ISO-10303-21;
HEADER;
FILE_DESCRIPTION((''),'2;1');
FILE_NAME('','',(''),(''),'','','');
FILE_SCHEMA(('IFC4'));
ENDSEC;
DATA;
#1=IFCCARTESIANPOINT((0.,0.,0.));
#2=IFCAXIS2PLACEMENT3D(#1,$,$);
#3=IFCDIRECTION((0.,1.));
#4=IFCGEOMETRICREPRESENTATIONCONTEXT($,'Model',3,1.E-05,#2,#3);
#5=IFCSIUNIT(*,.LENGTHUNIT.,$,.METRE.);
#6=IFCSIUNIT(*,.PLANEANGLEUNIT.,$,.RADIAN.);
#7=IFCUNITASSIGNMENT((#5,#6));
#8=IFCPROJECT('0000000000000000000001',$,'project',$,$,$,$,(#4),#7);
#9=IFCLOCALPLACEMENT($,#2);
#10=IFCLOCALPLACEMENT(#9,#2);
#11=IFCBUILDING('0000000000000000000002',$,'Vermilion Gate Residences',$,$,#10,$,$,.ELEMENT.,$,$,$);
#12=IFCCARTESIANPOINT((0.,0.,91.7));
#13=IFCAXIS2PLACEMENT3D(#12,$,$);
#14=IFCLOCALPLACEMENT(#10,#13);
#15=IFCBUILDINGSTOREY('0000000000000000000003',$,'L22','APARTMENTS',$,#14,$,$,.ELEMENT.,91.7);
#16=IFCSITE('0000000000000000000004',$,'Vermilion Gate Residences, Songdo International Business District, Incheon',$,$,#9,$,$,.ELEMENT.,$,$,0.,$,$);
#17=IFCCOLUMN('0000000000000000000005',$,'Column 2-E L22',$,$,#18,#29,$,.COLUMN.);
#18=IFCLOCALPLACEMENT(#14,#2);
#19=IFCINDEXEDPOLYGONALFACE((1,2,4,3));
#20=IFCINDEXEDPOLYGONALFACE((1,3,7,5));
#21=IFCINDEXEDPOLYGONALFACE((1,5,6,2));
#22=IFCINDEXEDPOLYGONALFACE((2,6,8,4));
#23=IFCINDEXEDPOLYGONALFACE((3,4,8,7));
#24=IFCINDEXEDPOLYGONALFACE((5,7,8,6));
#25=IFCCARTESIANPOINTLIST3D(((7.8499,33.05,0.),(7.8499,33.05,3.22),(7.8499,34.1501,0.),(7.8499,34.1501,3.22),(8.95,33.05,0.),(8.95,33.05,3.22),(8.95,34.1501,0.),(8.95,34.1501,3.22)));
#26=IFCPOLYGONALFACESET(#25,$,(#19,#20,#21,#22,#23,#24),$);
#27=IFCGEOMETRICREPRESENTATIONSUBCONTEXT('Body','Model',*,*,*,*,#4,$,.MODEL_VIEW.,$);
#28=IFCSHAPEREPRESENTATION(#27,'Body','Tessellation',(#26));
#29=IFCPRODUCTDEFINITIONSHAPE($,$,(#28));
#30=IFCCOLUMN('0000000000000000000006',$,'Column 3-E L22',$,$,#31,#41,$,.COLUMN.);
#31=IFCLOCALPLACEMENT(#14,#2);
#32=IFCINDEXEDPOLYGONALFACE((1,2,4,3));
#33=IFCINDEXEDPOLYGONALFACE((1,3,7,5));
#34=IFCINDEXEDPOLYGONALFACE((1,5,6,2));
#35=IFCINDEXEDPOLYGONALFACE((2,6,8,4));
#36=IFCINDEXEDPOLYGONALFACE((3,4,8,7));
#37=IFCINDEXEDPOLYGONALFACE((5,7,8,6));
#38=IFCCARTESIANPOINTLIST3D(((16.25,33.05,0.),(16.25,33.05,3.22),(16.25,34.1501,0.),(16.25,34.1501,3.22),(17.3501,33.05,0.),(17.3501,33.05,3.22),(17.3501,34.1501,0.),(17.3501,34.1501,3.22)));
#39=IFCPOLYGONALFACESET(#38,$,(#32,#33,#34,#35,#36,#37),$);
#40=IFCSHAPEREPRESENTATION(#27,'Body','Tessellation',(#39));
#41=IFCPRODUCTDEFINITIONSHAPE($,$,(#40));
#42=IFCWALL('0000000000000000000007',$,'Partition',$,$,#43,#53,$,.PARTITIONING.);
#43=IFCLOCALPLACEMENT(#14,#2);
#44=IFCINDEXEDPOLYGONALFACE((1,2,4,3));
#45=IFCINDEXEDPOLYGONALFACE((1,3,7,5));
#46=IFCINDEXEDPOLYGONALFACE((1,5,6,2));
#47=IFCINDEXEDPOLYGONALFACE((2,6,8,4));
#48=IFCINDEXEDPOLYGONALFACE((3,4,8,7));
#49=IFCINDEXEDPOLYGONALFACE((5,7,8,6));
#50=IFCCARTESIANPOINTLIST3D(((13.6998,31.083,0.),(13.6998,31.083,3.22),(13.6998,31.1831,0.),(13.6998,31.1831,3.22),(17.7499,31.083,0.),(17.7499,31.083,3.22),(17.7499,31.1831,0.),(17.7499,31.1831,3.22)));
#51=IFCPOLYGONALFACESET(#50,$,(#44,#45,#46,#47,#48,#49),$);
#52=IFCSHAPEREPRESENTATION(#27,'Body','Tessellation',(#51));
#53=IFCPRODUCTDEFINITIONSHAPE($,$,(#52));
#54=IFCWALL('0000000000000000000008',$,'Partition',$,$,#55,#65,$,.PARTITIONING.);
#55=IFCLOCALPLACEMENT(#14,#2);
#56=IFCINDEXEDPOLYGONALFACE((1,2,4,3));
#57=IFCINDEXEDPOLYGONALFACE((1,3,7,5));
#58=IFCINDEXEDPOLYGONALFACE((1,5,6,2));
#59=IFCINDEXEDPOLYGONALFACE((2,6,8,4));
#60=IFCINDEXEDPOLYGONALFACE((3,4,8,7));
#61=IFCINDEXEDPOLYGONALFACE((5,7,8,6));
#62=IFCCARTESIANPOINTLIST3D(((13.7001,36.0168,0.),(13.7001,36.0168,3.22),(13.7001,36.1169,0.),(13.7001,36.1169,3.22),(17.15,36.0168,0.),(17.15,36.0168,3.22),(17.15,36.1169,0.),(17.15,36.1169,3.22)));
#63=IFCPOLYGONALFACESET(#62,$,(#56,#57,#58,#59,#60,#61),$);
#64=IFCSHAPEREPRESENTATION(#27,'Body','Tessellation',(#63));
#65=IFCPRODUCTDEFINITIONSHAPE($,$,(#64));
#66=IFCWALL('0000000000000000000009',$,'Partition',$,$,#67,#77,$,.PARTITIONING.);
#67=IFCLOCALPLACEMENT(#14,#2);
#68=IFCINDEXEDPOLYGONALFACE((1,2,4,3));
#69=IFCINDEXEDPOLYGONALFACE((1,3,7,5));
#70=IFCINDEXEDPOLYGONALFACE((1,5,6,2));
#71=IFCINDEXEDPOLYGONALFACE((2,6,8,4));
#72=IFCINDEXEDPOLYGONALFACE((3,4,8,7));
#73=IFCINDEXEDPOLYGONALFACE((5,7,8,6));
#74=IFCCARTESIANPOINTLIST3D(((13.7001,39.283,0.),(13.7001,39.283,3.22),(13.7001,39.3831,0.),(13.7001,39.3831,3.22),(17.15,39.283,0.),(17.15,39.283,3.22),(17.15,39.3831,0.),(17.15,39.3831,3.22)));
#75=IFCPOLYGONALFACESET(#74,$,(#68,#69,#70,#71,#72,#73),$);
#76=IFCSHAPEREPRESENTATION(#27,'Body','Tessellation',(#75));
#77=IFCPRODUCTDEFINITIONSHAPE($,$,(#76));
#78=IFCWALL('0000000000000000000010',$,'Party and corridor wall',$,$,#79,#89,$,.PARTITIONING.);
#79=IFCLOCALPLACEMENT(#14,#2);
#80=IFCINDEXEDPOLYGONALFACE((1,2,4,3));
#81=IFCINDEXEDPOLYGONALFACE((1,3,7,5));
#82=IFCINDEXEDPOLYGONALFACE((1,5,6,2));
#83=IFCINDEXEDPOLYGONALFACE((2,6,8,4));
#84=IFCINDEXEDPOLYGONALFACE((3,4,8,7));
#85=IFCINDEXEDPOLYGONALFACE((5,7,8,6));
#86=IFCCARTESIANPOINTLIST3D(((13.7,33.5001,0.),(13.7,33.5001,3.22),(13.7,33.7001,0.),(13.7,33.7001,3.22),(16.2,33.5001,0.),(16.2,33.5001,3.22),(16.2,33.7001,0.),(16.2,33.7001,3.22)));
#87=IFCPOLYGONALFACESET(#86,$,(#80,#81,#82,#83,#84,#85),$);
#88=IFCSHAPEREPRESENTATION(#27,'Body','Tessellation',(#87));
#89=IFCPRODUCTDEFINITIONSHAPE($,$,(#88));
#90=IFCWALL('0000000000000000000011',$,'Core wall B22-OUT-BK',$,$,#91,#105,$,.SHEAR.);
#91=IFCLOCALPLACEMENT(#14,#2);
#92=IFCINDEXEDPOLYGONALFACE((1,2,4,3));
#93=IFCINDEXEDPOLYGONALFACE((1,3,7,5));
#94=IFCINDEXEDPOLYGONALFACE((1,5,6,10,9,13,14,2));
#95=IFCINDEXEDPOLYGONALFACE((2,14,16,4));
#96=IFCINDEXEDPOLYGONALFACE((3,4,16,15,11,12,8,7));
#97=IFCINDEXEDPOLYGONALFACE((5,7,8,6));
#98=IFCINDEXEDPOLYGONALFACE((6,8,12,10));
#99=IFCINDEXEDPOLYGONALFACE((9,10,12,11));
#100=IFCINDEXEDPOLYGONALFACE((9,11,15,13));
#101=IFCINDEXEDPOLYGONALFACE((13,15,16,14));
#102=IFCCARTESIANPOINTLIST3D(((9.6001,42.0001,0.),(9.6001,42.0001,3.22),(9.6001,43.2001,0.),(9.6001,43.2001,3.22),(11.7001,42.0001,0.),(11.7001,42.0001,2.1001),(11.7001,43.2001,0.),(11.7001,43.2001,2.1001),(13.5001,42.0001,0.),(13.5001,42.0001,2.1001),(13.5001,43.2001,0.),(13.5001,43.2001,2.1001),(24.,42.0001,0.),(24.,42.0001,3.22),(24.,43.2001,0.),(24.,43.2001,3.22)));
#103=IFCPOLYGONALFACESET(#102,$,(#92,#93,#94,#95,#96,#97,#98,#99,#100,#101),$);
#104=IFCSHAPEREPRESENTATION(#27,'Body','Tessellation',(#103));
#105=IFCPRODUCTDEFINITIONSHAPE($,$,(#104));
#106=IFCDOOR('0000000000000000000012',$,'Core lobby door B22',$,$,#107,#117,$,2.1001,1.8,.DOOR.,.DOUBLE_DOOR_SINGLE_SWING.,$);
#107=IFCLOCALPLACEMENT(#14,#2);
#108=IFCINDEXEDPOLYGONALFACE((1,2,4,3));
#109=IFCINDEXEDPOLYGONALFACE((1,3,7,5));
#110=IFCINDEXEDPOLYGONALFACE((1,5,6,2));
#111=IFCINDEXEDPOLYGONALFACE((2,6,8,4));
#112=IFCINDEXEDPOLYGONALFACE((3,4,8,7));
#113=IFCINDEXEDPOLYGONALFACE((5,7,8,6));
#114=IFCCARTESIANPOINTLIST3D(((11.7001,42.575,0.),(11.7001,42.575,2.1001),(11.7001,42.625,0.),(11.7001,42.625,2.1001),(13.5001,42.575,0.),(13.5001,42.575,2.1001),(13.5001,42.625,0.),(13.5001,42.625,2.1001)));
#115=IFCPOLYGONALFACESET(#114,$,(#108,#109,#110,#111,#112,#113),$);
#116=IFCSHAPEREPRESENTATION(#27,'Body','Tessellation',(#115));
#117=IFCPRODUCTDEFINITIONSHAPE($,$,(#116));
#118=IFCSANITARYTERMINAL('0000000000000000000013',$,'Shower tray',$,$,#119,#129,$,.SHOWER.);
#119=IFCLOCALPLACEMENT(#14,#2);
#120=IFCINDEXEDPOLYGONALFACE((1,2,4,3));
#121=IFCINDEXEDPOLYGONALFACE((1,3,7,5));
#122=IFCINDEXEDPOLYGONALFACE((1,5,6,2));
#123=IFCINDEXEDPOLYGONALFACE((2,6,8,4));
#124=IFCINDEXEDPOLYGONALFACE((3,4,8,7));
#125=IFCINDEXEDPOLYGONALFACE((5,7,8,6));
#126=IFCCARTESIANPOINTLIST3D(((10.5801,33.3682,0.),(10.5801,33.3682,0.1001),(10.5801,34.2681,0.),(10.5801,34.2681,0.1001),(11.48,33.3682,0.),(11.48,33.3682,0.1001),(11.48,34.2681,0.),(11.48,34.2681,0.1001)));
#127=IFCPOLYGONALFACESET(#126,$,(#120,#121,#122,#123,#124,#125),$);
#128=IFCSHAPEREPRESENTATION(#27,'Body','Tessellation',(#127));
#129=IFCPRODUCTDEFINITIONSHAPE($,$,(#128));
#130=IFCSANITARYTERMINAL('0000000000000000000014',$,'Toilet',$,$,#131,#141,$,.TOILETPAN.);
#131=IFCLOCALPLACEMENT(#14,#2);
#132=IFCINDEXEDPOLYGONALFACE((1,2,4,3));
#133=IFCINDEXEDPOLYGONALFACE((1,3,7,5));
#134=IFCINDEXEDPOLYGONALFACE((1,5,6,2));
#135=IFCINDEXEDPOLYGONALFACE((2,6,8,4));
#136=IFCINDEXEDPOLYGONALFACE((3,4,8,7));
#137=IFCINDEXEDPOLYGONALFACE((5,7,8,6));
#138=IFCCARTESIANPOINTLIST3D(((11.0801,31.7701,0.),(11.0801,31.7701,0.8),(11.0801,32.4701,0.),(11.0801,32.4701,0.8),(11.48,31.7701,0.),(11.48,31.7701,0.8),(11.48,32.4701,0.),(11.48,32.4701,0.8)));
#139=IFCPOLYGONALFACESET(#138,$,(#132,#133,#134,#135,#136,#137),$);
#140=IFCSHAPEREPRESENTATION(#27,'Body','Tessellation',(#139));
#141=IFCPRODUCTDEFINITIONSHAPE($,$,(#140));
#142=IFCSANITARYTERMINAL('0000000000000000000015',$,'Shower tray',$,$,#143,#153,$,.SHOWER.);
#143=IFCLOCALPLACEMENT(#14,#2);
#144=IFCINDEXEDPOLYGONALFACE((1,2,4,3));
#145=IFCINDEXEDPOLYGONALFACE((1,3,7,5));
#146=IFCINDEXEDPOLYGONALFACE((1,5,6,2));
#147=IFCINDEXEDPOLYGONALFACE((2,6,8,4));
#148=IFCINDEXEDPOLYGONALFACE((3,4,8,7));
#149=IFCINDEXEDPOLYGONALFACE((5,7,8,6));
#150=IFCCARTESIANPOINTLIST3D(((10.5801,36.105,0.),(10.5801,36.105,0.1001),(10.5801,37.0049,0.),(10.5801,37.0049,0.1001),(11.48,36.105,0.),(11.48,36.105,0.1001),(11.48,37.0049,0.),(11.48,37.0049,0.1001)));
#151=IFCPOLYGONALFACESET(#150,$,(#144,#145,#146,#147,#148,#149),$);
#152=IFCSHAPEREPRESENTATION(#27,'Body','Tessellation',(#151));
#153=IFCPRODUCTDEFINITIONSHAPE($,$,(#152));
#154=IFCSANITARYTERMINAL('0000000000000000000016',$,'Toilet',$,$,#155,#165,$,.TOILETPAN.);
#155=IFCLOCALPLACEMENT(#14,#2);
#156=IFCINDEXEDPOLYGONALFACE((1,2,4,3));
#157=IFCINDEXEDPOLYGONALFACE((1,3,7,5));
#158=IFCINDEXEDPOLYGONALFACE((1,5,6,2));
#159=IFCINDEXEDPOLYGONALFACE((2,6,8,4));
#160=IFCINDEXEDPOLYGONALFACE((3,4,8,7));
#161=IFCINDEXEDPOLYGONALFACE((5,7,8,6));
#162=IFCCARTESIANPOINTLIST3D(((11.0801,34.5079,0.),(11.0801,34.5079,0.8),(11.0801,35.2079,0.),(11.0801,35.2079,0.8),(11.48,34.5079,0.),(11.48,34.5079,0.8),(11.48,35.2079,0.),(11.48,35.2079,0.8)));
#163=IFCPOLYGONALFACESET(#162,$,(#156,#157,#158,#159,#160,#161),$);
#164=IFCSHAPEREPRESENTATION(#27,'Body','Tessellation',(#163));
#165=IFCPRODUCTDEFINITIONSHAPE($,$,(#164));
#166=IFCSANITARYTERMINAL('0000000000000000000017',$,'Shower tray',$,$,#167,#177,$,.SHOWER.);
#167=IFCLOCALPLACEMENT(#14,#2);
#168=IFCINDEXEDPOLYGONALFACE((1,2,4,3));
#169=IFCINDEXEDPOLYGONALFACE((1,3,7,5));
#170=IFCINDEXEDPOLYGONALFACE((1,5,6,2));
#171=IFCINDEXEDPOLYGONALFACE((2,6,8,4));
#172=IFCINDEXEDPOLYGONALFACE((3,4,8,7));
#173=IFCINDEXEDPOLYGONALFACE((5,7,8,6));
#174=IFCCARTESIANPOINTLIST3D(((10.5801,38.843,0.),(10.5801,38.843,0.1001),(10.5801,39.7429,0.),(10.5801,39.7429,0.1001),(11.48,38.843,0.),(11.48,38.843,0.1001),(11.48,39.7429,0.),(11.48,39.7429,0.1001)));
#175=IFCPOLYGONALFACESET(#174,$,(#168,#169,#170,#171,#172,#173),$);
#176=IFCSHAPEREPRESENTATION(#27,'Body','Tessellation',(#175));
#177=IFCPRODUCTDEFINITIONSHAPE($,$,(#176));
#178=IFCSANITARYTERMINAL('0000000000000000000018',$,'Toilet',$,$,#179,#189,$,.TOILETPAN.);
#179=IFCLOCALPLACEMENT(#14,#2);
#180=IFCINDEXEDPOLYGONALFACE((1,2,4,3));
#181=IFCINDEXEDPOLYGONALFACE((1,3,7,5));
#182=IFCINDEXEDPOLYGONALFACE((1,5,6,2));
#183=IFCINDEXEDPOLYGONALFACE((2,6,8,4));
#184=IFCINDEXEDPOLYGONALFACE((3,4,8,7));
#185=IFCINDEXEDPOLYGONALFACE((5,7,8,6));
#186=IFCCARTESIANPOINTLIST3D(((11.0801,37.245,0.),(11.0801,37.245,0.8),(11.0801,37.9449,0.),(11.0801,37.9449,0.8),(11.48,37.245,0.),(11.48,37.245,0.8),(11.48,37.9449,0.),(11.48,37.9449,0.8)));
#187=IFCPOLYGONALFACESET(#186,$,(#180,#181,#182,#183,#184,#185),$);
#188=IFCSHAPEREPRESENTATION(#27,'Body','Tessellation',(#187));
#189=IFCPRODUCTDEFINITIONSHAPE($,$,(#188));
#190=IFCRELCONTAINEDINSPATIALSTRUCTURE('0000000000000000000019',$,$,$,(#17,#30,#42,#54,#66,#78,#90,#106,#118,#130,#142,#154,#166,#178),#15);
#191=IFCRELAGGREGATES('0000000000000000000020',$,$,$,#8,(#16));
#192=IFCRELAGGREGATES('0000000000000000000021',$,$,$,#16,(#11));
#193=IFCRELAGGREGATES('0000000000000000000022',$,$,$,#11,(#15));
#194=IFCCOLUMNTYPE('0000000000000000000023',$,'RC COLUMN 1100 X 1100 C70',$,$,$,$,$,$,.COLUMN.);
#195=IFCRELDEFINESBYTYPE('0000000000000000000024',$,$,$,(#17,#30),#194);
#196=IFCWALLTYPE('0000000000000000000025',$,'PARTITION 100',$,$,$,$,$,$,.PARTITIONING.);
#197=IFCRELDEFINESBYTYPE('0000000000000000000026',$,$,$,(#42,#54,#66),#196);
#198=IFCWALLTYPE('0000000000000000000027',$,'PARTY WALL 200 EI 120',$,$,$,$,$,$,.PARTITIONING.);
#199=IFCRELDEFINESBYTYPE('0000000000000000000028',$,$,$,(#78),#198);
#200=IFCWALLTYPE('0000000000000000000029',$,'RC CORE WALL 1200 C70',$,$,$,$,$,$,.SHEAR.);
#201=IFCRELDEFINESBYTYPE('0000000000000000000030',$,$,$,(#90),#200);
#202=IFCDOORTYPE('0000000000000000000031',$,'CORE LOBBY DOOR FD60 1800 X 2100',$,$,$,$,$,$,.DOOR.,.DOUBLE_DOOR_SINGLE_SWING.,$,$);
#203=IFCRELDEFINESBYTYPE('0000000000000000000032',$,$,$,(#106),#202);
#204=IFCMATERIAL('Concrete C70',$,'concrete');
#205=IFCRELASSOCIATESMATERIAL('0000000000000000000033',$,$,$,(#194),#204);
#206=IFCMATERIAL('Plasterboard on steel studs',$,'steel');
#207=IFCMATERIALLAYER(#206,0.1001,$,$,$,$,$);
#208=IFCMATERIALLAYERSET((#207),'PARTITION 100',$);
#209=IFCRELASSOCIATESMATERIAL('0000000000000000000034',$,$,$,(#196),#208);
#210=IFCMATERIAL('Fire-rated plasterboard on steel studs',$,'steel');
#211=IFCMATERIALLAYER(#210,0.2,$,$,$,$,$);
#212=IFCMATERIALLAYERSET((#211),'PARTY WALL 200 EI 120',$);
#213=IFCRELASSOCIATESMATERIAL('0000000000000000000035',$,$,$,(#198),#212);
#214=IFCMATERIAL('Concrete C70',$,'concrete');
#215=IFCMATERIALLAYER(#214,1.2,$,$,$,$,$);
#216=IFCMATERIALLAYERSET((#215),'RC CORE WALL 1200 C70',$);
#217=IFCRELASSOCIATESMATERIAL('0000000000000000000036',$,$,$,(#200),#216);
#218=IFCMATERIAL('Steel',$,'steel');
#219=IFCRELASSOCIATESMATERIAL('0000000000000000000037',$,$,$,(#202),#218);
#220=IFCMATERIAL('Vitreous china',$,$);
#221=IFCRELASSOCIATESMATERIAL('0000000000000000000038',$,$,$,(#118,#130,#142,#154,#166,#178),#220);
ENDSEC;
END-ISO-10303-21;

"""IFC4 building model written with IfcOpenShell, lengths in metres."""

from ifc_helpers import new_model, si_unit, direction, frame, frame_2d, origin, origin_2d, place, context, subcontext, project, spatial, rectangle, extrude, material, layer, layer_set, material_profile, profile_set, type_object, element, fill, save


model = new_model("IFC4")

# Units and contexts
model_context = context("Model", 3, precision=1e-05, world=origin(), true_north=direction((0.0, 1.0)))
body_context = subcontext(model_context, "Body", "Model", "MODEL_VIEW")
ifc_project = project(units=[si_unit("LENGTHUNIT", "METRE"), si_unit("PLANEANGLEUNIT", "RADIAN")], contexts=[model_context])

# Site, building, storey
site_placement = place(None, origin())
site = spatial("IfcSite", under=ifc_project, at=site_placement, Name="Vermilion Gate Residences, Songdo International Business District, Incheon", CompositionType="ELEMENT", RefElevation=0.0)
building_placement = place(site_placement, origin())
building = spatial("IfcBuilding", under=site, at=building_placement, Name="Vermilion Gate Residences", CompositionType="ELEMENT")
storey_placement = place(building_placement, frame((0.0, 0.0, 91.7)))
storey = spatial("IfcBuildingStorey", under=building, at=storey_placement, Name="L22", Description="APARTMENTS", CompositionType="ELEMENT", Elevation=91.7)

# Columns
ifc_material_1 = material(Name="Concrete C70", Category="concrete")
ifc_material_profile = material_profile(ifc_material_1, rectangle(XDim=1.1001, YDim=1.1001, at=origin_2d()), Name="RC-1100x1100")
ifc_profile_set = profile_set([ifc_material_profile], Name="Concrete C70")
column_type = type_object("IfcColumnType", Name="RC COLUMN 1100 X 1100 C70", PredefinedType="COLUMN", material=ifc_profile_set)
for number, where, z_axis, x_axis, name in (
    (1, (8.3999, 33.6001, 0.0), (0.0, 0.0, 1.0), (1.0, 0.0, 0.0), "Column 2-E L22"),
    (2, (16.8, 33.6001, 0.0), (0.0, 0.0, 1.0), (1.0, 0.0, 0.0), "Column 3-E L22"),
):
    element("IfcColumn", number, at=place(storey_placement, frame(where, z_axis=z_axis, x_axis=x_axis)), inside=storey, type_object=column_type, Name=name, PredefinedType="COLUMN", context=body_context, shape_type="SweptSolid", body=[
        extrude(rectangle(XDim=1.1001, YDim=1.1001, at=origin_2d()), origin(), (0.0, 0.0, 1.0), 3.22),
    ])

# Walls
ifc_material_2 = material(Name="Plasterboard on steel studs", Category="steel")
ifc_layer_1 = layer(ifc_material_2, 0.1001)
ifc_layer_set_1 = layer_set([ifc_layer_1], Name="PARTITION 100")
wall_type_1 = type_object("IfcWallType", Name="PARTITION 100", PredefinedType="PARTITIONING", material=ifc_layer_set_1)
wall_1_placement = place(storey_placement, frame((13.7, 31.1331, 0.0), z_axis=(0.0, 0.0, 1.0), x_axis=(1.0, 0.0, 0.0)))
element("IfcWall", 3, at=wall_1_placement, inside=storey, type_object=wall_type_1, Name="Partition", PredefinedType="PARTITIONING", context=body_context, shape_type="SweptSolid", body=[
    extrude(rectangle(XDim=4.05, YDim=0.1001, at=frame_2d((2.0249, 0.0))), origin(), (0.0, 0.0, 1.0), 3.22),
])
for number, where, z_axis, x_axis, name in (
    (4, (13.7, 36.0669, 0.0), (0.0, 0.0, 1.0), (1.0, 0.0, 0.0), "Partition"),
    (5, (13.7, 39.333, 0.0), (0.0, 0.0, 1.0), (1.0, 0.0, 0.0), "Partition"),
):
    element("IfcWall", number, at=place(storey_placement, frame(where, z_axis=z_axis, x_axis=x_axis)), inside=storey, type_object=wall_type_1, Name=name, PredefinedType="PARTITIONING", context=body_context, shape_type="SweptSolid", body=[
        extrude(rectangle(XDim=3.45, YDim=0.1001, at=frame_2d((1.7251, 0.0))), origin(), (0.0, 0.0, 1.0), 3.22),
    ])
ifc_material_3 = material(Name="Fire-rated plasterboard on steel studs", Category="steel")
ifc_layer_2 = layer(ifc_material_3, 0.2)
ifc_layer_set_2 = layer_set([ifc_layer_2], Name="PARTY WALL 200 EI 120")
wall_type_2 = type_object("IfcWallType", Name="PARTY WALL 200 EI 120", PredefinedType="PARTITIONING", material=ifc_layer_set_2)
wall_2_placement = place(storey_placement, frame((13.7, 33.6001, 0.0), z_axis=(0.0, 0.0, 1.0), x_axis=(1.0, 0.0, 0.0)))
element("IfcWall", 6, at=wall_2_placement, inside=storey, type_object=wall_type_2, Name="Party and corridor wall", PredefinedType="PARTITIONING", context=body_context, shape_type="SweptSolid", body=[
    extrude(rectangle(XDim=2.5, YDim=0.2, at=frame_2d((1.25, 0.0))), origin(), (0.0, 0.0, 1.0), 3.22),
])

# Wall, opening, door
ifc_material_4 = material(Name="Concrete C70", Category="concrete")
ifc_layer_3 = layer(ifc_material_4, 1.2)
ifc_layer_set_3 = layer_set([ifc_layer_3], Name="RC CORE WALL 1200 C70")
wall_type_3 = type_object("IfcWallType", Name="RC CORE WALL 1200 C70", PredefinedType="SHEAR", material=ifc_layer_set_3)
wall_3_placement = place(storey_placement, frame((9.6001, 42.6001, 0.0), z_axis=(0.0, 0.0, 1.0), x_axis=(1.0, 0.0, 0.0)))
wall_3 = element("IfcWall", 7, at=wall_3_placement, inside=storey, type_object=wall_type_3, Name="Core wall B22-OUT-BK", PredefinedType="SHEAR", context=body_context, shape_type="SweptSolid", body=[
    extrude(rectangle(XDim=14.3999, YDim=1.2, at=frame_2d((7.2, 0.0))), origin(), (0.0, 0.0, 1.0), 3.22),
])
opening_placement = place(wall_3_placement, frame((2.1001, 0.0, 0.0)))
opening = element("IfcOpeningElement", 8, at=opening_placement, cuts=wall_3, PredefinedType="OPENING", context=body_context, shape_type="SweptSolid", body=[
    extrude(rectangle(XDim=1.8, YDim=2.1001, at=frame_2d((0.8999, 1.05))), frame((0.0, 0.6099, 0.0), z_axis=(0.0, -1.0, 0.0), x_axis=(1.0, 0.0, 0.0)), (0.0, 0.0, 1.0), 1.22),
])
ifc_material_5 = material(Name="Steel", Category="steel")
door_type = type_object("IfcDoorType", Name="CORE LOBBY DOOR FD60 1800 X 2100", OperationType="DOUBLE_DOOR_SINGLE_SWING", PredefinedType="DOOR", material=ifc_material_5)
door_placement = place(opening_placement, origin())
door = element("IfcDoor", 9, at=door_placement, inside=storey, type_object=door_type, Name="Core lobby door B22", OperationType="DOUBLE_DOOR_SINGLE_SWING", OverallHeight=2.1001, OverallWidth=1.8, PredefinedType="DOOR", context=body_context, shape_type="SweptSolid", body=[
    extrude(rectangle(XDim=1.8, YDim=2.1001, at=frame_2d((0.8999, 1.05))), frame((0.0, 0.0249, 0.0), z_axis=(0.0, -1.0, 0.0), x_axis=(1.0, 0.0, 0.0)), (0.0, 0.0, 1.0), 0.05),
])
fill(opening, door)

# Sanitary terminals
ifc_material_6 = material(Name="Vitreous china")
sanitary_terminal_1_placement = place(storey_placement, frame((11.03, 33.8181, 0.0), z_axis=(0.0, 0.0, 1.0), x_axis=(1.0, 0.0, 0.0)))
element("IfcSanitaryTerminal", 10, at=sanitary_terminal_1_placement, inside=storey, material=ifc_material_6, Name="Shower tray", PredefinedType="SHOWER", context=body_context, shape_type="SweptSolid", body=[
    extrude(rectangle(XDim=0.8999, YDim=0.8999, at=origin_2d()), origin(), (0.0, 0.0, 1.0), 0.1001),
])
sanitary_terminal_2_placement = place(storey_placement, frame((11.28, 32.1201, 0.0), z_axis=(0.0, 0.0, 1.0), x_axis=(1.0, 0.0, 0.0)))
element("IfcSanitaryTerminal", 11, at=sanitary_terminal_2_placement, inside=storey, material=ifc_material_6, Name="Toilet", PredefinedType="TOILETPAN", context=body_context, shape_type="SweptSolid", body=[
    extrude(rectangle(XDim=0.3999, YDim=0.7, at=origin_2d()), origin(), (0.0, 0.0, 1.0), 0.8),
])
sanitary_terminal_3_placement = place(storey_placement, frame((11.03, 36.5549, 0.0), z_axis=(0.0, 0.0, 1.0), x_axis=(1.0, 0.0, 0.0)))
element("IfcSanitaryTerminal", 12, at=sanitary_terminal_3_placement, inside=storey, material=ifc_material_6, Name="Shower tray", PredefinedType="SHOWER", context=body_context, shape_type="SweptSolid", body=[
    extrude(rectangle(XDim=0.8999, YDim=0.8999, at=origin_2d()), origin(), (0.0, 0.0, 1.0), 0.1001),
])
sanitary_terminal_4_placement = place(storey_placement, frame((11.28, 34.8579, 0.0), z_axis=(0.0, 0.0, 1.0), x_axis=(1.0, 0.0, 0.0)))
element("IfcSanitaryTerminal", 13, at=sanitary_terminal_4_placement, inside=storey, material=ifc_material_6, Name="Toilet", PredefinedType="TOILETPAN", context=body_context, shape_type="SweptSolid", body=[
    extrude(rectangle(XDim=0.3999, YDim=0.7, at=origin_2d()), origin(), (0.0, 0.0, 1.0), 0.8),
])
sanitary_terminal_5_placement = place(storey_placement, frame((11.03, 39.293, 0.0), z_axis=(0.0, 0.0, 1.0), x_axis=(1.0, 0.0, 0.0)))
element("IfcSanitaryTerminal", 14, at=sanitary_terminal_5_placement, inside=storey, material=ifc_material_6, Name="Shower tray", PredefinedType="SHOWER", context=body_context, shape_type="SweptSolid", body=[
    extrude(rectangle(XDim=0.8999, YDim=0.8999, at=origin_2d()), origin(), (0.0, 0.0, 1.0), 0.1001),
])
for number, where, z_axis, x_axis, name in (
    (15, (11.28, 37.595, 0.0), (0.0, 0.0, 1.0), (1.0, 0.0, 0.0), "Toilet"),
):
    element("IfcSanitaryTerminal", number, at=place(storey_placement, frame(where, z_axis=z_axis, x_axis=x_axis)), inside=storey, material=ifc_material_6, Name=name, PredefinedType="TOILETPAN", context=body_context, shape_type="SweptSolid", body=[
        extrude(rectangle(XDim=0.3999, YDim=0.7, at=origin_2d()), origin(), (0.0, 0.0, 1.0), 0.8),
    ])

save(model, "model.ifc")
